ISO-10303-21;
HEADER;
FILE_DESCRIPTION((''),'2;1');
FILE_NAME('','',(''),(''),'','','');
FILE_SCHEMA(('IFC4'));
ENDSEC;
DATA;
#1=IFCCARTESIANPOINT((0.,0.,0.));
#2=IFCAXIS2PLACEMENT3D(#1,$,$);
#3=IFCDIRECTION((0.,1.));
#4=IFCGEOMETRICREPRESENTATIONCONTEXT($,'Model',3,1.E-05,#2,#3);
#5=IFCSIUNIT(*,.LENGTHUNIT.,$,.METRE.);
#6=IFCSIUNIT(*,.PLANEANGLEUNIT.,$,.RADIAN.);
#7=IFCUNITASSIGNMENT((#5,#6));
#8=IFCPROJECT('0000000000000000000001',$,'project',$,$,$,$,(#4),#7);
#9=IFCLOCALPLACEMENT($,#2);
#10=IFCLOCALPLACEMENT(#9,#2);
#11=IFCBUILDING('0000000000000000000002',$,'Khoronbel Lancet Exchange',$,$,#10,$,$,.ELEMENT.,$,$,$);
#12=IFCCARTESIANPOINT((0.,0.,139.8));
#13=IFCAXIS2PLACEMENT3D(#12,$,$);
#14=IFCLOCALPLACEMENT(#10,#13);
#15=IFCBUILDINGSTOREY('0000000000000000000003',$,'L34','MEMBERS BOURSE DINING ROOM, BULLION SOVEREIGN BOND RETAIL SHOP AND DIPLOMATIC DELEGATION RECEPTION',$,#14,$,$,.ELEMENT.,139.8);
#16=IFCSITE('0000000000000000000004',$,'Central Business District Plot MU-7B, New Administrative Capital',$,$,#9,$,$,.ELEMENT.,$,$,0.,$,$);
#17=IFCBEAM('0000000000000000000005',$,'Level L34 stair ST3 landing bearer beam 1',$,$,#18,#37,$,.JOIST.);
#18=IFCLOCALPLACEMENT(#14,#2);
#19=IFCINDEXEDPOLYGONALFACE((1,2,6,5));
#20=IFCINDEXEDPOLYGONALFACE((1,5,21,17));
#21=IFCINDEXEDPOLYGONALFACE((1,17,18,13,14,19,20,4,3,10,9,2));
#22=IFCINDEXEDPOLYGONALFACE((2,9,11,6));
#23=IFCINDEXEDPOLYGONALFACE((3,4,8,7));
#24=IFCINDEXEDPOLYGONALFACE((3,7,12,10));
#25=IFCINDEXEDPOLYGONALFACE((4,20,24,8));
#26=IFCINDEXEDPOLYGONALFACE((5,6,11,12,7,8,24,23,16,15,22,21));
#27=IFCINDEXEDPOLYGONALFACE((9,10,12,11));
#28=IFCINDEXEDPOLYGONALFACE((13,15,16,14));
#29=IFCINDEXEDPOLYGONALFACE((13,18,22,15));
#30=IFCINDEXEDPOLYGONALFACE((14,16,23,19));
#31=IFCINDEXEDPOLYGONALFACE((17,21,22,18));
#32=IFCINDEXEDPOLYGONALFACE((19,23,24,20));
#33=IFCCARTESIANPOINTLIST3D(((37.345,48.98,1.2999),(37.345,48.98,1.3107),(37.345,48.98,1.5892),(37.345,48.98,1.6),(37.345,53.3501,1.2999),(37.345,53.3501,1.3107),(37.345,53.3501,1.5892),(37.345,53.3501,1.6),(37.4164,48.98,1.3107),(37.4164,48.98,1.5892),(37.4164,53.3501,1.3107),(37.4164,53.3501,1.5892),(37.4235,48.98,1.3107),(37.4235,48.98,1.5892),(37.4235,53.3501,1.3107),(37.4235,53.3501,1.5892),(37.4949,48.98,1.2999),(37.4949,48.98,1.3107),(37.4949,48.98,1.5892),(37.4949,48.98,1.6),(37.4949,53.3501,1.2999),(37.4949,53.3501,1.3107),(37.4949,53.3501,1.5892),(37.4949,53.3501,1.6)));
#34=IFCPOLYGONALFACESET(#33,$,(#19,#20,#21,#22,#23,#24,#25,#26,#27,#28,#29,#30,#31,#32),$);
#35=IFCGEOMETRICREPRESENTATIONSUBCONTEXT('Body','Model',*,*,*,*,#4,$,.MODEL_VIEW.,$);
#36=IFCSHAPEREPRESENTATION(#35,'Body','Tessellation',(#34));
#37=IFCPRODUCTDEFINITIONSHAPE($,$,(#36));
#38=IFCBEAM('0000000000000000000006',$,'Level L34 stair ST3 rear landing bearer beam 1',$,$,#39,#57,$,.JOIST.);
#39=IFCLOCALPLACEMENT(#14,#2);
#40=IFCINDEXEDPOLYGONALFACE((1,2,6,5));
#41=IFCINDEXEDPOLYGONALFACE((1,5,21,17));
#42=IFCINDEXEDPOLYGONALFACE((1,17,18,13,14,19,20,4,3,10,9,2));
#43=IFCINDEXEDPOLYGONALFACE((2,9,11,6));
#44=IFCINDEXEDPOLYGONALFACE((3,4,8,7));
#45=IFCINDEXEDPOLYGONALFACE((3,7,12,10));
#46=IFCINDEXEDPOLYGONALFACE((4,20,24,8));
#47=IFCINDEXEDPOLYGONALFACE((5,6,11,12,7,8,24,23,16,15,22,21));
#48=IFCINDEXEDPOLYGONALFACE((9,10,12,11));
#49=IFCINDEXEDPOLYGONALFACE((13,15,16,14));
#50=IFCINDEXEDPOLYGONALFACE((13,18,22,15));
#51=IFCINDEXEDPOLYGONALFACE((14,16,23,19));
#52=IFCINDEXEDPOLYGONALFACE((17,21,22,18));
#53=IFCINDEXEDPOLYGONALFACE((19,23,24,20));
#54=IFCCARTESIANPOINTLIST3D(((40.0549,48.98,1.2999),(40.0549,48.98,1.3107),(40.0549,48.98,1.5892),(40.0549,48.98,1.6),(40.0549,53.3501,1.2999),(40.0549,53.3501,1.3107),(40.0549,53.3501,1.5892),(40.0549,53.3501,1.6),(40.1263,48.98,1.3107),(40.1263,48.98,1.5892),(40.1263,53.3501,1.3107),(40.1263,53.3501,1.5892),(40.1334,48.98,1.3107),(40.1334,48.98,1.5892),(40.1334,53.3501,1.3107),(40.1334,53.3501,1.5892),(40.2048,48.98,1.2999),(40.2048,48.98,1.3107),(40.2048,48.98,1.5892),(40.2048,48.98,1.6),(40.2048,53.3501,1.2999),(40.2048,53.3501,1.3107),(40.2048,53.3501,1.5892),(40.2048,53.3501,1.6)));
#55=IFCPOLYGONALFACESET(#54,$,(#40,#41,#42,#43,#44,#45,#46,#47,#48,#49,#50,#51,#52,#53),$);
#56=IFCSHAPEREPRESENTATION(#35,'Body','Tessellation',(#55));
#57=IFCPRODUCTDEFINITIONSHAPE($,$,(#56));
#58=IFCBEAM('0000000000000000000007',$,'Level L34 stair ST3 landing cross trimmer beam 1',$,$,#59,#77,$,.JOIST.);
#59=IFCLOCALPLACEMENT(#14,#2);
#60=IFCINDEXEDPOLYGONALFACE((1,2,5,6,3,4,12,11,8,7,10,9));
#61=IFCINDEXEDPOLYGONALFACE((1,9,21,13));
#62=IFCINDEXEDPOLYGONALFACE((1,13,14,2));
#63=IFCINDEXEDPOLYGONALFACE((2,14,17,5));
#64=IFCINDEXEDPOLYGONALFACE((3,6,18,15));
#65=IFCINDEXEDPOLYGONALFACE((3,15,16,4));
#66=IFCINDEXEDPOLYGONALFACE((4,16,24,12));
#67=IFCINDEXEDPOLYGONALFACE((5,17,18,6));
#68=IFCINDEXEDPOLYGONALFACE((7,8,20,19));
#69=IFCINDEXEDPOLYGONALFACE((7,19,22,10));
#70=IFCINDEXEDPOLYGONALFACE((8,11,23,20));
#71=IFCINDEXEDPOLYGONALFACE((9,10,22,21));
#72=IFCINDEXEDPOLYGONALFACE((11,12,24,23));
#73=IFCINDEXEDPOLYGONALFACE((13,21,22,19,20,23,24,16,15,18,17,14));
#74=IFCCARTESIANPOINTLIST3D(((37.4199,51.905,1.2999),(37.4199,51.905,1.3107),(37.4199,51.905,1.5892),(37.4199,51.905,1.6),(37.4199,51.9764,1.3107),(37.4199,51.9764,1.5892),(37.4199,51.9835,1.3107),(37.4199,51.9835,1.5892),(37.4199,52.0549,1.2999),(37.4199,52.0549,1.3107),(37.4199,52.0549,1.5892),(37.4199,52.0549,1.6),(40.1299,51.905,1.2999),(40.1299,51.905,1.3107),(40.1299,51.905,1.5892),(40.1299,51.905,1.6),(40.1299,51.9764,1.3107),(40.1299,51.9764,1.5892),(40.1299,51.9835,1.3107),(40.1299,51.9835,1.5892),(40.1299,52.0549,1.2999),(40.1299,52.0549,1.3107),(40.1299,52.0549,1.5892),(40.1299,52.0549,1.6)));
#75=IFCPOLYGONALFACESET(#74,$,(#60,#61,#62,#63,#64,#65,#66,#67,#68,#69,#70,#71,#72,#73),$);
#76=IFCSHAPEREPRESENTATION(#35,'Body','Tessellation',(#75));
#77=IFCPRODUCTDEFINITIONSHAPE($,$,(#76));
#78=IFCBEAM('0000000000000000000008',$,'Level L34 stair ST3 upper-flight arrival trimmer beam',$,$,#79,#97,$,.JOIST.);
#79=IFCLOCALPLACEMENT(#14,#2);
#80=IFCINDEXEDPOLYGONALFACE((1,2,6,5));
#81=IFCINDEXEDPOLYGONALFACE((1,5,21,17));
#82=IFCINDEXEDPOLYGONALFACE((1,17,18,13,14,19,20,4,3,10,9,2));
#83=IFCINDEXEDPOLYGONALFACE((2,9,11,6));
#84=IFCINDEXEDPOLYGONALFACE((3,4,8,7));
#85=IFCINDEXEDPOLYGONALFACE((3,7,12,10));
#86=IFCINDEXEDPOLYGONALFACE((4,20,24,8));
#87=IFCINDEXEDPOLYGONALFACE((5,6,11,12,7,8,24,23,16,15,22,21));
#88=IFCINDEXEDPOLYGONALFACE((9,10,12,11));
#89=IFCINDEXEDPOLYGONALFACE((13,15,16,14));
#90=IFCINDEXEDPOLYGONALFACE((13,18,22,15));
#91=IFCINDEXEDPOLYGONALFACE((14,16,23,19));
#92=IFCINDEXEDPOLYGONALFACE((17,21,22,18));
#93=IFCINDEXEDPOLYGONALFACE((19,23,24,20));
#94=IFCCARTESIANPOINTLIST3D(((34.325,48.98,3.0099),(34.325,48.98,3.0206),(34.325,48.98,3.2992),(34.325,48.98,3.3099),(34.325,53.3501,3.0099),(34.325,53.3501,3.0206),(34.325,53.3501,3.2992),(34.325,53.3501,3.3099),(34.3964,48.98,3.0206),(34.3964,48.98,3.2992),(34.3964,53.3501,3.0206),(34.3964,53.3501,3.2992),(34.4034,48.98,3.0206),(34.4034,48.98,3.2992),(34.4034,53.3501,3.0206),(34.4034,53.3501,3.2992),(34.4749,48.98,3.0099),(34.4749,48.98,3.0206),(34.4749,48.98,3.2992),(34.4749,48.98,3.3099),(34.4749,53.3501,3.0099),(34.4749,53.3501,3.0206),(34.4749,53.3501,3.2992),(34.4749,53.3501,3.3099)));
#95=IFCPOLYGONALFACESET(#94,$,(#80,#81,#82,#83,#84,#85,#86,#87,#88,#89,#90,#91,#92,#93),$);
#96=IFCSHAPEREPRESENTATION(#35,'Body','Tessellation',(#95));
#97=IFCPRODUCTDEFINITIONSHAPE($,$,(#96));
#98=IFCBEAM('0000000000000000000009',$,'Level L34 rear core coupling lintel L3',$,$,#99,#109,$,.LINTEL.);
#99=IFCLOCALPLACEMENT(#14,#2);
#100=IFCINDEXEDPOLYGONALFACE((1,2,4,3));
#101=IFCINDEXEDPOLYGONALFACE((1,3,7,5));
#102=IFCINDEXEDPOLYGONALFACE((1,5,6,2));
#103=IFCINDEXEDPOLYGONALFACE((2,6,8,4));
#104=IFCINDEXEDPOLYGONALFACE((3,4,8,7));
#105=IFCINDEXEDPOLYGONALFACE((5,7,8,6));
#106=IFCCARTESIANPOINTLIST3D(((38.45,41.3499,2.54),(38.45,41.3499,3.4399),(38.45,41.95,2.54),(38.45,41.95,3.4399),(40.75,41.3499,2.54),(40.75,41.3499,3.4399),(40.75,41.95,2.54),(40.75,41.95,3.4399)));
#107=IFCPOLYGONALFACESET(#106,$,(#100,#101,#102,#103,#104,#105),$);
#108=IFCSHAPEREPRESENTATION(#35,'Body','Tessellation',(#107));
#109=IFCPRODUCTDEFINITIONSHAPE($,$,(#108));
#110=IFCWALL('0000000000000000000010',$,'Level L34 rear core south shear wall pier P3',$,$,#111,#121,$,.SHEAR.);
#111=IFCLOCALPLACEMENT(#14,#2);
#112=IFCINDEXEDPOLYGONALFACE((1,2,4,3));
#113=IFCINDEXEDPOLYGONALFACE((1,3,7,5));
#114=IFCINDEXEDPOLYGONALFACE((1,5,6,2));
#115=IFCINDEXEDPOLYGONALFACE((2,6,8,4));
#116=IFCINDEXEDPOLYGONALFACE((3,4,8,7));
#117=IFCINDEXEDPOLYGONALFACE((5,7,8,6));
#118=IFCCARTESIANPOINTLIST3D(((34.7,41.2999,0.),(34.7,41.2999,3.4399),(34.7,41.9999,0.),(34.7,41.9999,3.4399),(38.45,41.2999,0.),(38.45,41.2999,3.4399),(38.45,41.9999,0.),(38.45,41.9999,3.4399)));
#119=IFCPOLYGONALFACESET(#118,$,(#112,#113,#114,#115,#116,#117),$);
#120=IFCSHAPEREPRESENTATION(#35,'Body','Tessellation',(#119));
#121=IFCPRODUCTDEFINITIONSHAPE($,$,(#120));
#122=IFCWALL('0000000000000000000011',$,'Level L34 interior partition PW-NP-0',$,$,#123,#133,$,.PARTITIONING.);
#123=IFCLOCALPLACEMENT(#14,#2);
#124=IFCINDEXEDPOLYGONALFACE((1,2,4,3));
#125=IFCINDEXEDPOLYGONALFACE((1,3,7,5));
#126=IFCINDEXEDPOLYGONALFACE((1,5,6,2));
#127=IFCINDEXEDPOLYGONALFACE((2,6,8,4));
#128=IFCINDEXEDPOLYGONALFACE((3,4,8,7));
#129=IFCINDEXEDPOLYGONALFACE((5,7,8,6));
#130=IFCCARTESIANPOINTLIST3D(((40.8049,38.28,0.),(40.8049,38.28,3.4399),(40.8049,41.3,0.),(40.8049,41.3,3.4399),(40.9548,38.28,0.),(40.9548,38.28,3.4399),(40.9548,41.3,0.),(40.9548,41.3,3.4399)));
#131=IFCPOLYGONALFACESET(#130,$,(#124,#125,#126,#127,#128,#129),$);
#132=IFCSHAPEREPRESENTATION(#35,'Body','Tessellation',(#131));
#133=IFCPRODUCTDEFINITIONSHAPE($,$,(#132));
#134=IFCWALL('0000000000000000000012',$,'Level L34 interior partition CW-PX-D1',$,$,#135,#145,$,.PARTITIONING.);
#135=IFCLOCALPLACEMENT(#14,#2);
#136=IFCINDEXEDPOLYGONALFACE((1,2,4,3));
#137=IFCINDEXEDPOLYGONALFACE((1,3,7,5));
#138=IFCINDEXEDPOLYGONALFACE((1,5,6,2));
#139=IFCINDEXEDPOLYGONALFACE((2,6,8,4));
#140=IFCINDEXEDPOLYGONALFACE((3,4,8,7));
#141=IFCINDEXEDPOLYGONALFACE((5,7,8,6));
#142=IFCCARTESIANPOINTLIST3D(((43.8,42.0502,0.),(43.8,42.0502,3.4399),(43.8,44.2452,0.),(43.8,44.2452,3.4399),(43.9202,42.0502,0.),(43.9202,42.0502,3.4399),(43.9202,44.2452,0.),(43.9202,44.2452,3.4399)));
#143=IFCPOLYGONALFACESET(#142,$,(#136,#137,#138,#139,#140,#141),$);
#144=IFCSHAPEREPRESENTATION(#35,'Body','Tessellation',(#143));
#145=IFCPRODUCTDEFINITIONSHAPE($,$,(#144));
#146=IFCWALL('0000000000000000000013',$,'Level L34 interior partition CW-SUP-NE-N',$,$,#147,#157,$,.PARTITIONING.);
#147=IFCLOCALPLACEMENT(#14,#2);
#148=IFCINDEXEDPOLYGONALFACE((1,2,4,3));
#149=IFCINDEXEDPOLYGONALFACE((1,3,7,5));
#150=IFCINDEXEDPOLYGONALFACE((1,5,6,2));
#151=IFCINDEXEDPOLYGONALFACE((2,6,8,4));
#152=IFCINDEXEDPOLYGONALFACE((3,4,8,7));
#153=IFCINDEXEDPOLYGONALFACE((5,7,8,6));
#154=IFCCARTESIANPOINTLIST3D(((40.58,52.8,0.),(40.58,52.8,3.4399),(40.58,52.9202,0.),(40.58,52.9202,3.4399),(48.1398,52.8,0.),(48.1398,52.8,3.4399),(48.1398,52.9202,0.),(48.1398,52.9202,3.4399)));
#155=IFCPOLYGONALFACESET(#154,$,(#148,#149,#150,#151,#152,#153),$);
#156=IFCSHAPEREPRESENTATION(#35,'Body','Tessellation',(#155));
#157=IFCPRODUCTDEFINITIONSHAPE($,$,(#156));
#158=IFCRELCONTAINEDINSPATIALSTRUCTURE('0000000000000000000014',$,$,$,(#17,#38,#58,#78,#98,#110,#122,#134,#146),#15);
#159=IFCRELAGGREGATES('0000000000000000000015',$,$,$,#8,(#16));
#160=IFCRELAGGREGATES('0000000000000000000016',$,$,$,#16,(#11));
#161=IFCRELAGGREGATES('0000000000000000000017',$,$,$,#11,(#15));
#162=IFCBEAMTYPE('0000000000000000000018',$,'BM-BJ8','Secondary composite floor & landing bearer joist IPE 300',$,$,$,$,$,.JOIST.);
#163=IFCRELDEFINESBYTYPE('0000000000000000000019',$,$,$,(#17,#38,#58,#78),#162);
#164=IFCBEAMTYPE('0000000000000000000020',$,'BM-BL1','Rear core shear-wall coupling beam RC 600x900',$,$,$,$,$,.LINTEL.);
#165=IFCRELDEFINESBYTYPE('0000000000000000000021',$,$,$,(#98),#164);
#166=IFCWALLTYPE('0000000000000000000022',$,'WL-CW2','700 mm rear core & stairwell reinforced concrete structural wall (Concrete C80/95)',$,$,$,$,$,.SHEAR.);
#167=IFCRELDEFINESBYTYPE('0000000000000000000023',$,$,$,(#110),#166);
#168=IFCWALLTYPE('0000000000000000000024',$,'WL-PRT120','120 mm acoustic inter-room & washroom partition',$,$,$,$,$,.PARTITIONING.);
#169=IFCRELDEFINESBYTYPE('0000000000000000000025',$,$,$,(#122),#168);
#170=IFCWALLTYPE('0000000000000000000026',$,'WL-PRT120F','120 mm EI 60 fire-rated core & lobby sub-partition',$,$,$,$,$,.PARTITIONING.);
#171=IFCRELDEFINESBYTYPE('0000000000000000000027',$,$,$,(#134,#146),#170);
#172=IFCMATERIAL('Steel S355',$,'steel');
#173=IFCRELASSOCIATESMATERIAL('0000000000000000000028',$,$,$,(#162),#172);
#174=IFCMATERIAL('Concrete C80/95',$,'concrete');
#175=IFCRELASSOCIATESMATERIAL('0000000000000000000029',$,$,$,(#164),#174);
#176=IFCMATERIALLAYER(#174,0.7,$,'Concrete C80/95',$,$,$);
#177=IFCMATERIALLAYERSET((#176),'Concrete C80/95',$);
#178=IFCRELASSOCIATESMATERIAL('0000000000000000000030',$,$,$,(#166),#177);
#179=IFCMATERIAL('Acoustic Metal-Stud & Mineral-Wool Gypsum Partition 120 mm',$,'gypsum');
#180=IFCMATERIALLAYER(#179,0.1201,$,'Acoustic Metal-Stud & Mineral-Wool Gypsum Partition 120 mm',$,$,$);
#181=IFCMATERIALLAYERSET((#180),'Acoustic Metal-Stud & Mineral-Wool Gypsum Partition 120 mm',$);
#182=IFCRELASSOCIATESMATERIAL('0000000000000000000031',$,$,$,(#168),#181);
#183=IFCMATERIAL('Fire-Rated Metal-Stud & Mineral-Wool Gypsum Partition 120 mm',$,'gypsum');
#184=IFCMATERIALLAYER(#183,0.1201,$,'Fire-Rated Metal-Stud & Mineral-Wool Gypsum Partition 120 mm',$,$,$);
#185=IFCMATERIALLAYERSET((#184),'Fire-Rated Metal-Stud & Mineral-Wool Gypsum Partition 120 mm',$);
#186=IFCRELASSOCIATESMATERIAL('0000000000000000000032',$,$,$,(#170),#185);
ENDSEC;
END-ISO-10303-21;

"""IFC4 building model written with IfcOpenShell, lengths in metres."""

from ifc_helpers import new_model, si_unit, direction, frame, frame_2d, origin, origin_2d, place, context, subcontext, project, spatial, rectangle, i_section, extrude, material, layer, layer_set, material_profile, profile_set, type_object, element, save


model = new_model("IFC4")

# Units and contexts
model_context = context("Model", 3, precision=1e-05, world=origin(), true_north=direction((0.0, 1.0)))
body_context = subcontext(model_context, "Body", "Model", "MODEL_VIEW")
ifc_project = project(units=[si_unit("LENGTHUNIT", "METRE"), si_unit("PLANEANGLEUNIT", "RADIAN")], contexts=[model_context])

# Site, building, storey
site_placement = place(None, origin())
site = spatial("IfcSite", under=ifc_project, at=site_placement, Name="Central Business District Plot MU-7B, New Administrative Capital", CompositionType="ELEMENT", RefElevation=0.0)
building_placement = place(site_placement, origin())
building = spatial("IfcBuilding", under=site, at=building_placement, Name="Khoronbel Lancet Exchange", CompositionType="ELEMENT")
storey_placement = place(building_placement, frame((0.0, 0.0, 139.8)))
storey = spatial("IfcBuildingStorey", under=building, at=storey_placement, Name="L34", Description="MEMBERS BOURSE DINING ROOM, BULLION SOVEREIGN BOND RETAIL SHOP AND DIPLOMATIC DELEGATION RECEPTION", CompositionType="ELEMENT", Elevation=139.8)

# Beams
ifc_material_1 = material(Name="Steel S355", Category="steel")
ifc_material_profile_1 = material_profile(ifc_material_1, i_section(OverallWidth=0.1499, OverallDepth=0.3, WebThickness=0.0071, FlangeThickness=0.0107, at=origin_2d()), Name="IPE 300")
ifc_profile_set_1 = profile_set([ifc_material_profile_1], Name="Steel S355")
beam_type_1 = type_object("IfcBeamType", Name="BM-BJ8", Description="Secondary composite floor & landing bearer joist IPE 300", PredefinedType="JOIST", material=ifc_profile_set_1)
for number, where, z_axis, x_axis, name in (
    (1, (37.4199, 48.98, 1.45), (0.0, 1.0, 0.0), (-1.0, 0.0, 0.0), "Level L34 stair ST3 landing bearer beam 1"),
    (2, (40.1299, 48.98, 1.45), (0.0, 1.0, 0.0), (-1.0, 0.0, 0.0), "Level L34 stair ST3 rear landing bearer beam 1"),
):
    element("IfcBeam", number, at=place(storey_placement, frame(where, z_axis=z_axis, x_axis=x_axis)), inside=storey, type_object=beam_type_1, Name=name, PredefinedType="JOIST", context=body_context, shape_type="SweptSolid", body=[
        extrude(i_section(OverallWidth=0.1499, OverallDepth=0.3, WebThickness=0.0071, FlangeThickness=0.0107, at=origin_2d()), origin(), (0.0, 0.0, 1.0), 4.3701),
    ])
beam_1_placement = place(storey_placement, frame((37.4199, 51.98, 1.45), z_axis=(1.0, 0.0, 0.0), x_axis=(0.0, 1.0, 0.0)))
element("IfcBeam", 3, at=beam_1_placement, inside=storey, type_object=beam_type_1, Name="Level L34 stair ST3 landing cross trimmer beam 1", PredefinedType="JOIST", context=body_context, shape_type="SweptSolid", body=[
    extrude(i_section(OverallWidth=0.1499, OverallDepth=0.3, WebThickness=0.0071, FlangeThickness=0.0107, at=origin_2d()), origin(), (0.0, 0.0, 1.0), 2.71),
])
beam_2_placement = place(storey_placement, frame((34.3999, 48.98, 3.1599), z_axis=(0.0, 1.0, 0.0), x_axis=(-1.0, 0.0, 0.0)))
element("IfcBeam", 4, at=beam_2_placement, inside=storey, type_object=beam_type_1, Name="Level L34 stair ST3 upper-flight arrival trimmer beam", PredefinedType="JOIST", context=body_context, shape_type="SweptSolid", body=[
    extrude(i_section(OverallWidth=0.1499, OverallDepth=0.3, WebThickness=0.0071, FlangeThickness=0.0107, at=origin_2d()), origin(), (0.0, 0.0, 1.0), 4.3701),
])
ifc_material_2 = material(Name="Concrete C80/95", Category="concrete")
ifc_material_profile_2 = material_profile(ifc_material_2, rectangle(XDim=0.6001, YDim=0.8999, at=origin_2d()), Name="RC 600x900")
ifc_profile_set_2 = profile_set([ifc_material_profile_2], Name="Concrete C80/95")
beam_type_2 = type_object("IfcBeamType", Name="BM-BL1", Description="Rear core shear-wall coupling beam RC 600x900", PredefinedType="LINTEL", material=ifc_profile_set_2)
beam_3_placement = place(storey_placement, frame((38.45, 41.6499, 2.99), z_axis=(1.0, 0.0, 0.0), x_axis=(0.0, 1.0, 0.0)))
element("IfcBeam", 5, at=beam_3_placement, inside=storey, type_object=beam_type_2, Name="Level L34 rear core coupling lintel L3", PredefinedType="LINTEL", context=body_context, shape_type="SweptSolid", body=[
    extrude(rectangle(XDim=0.6001, YDim=0.8999, at=origin_2d()), origin(), (0.0, 0.0, 1.0), 2.3),
])

# Walls
ifc_layer_1 = layer(ifc_material_2, 0.7, Name="Concrete C80/95")
ifc_layer_set_1 = layer_set([ifc_layer_1], Name="Concrete C80/95")
wall_type_1 = type_object("IfcWallType", Name="WL-CW2", Description="700 mm rear core & stairwell reinforced concrete structural wall (Concrete C80/95)", PredefinedType="SHEAR", material=ifc_layer_set_1)
wall_1_placement = place(storey_placement, frame((38.45, 41.6499, 0.0), z_axis=(0.0, 0.0, 1.0), x_axis=(-1.0, 0.0, 0.0)))
element("IfcWall", 6, at=wall_1_placement, inside=storey, type_object=wall_type_1, Name="Level L34 rear core south shear wall pier P3", PredefinedType="SHEAR", context=body_context, shape_type="SweptSolid", body=[
    extrude(rectangle(XDim=3.75, YDim=0.7, at=frame_2d((1.875, 0.0))), origin(), (0.0, 0.0, 1.0), 3.4399),
])
ifc_material_3 = material(Name="Acoustic Metal-Stud & Mineral-Wool Gypsum Partition 120 mm", Category="gypsum")
ifc_layer_2 = layer(ifc_material_3, 0.1201, Name="Acoustic Metal-Stud & Mineral-Wool Gypsum Partition 120 mm")
ifc_layer_set_2 = layer_set([ifc_layer_2], Name="Acoustic Metal-Stud & Mineral-Wool Gypsum Partition 120 mm")
wall_type_2 = type_object("IfcWallType", Name="WL-PRT120", Description="120 mm acoustic inter-room & washroom partition", PredefinedType="PARTITIONING", material=ifc_layer_set_2)
wall_2_placement = place(storey_placement, frame((40.8799, 38.28, 0.0), z_axis=(0.0, 0.0, 1.0), x_axis=(0.0, 1.0, 0.0)))
element("IfcWall", 7, at=wall_2_placement, inside=storey, type_object=wall_type_2, Name="Level L34 interior partition PW-NP-0", PredefinedType="PARTITIONING", context=body_context, shape_type="SweptSolid", body=[
    extrude(rectangle(XDim=3.02, YDim=0.1499, at=frame_2d((1.51, 0.0))), origin(), (0.0, 0.0, 1.0), 3.4399),
])
ifc_material_4 = material(Name="Fire-Rated Metal-Stud & Mineral-Wool Gypsum Partition 120 mm", Category="gypsum")
ifc_layer_3 = layer(ifc_material_4, 0.1201, Name="Fire-Rated Metal-Stud & Mineral-Wool Gypsum Partition 120 mm")
ifc_layer_set_3 = layer_set([ifc_layer_3], Name="Fire-Rated Metal-Stud & Mineral-Wool Gypsum Partition 120 mm")
wall_type_3 = type_object("IfcWallType", Name="WL-PRT120F", Description="120 mm EI 60 fire-rated core & lobby sub-partition", PredefinedType="PARTITIONING", material=ifc_layer_set_3)
wall_3_placement = place(storey_placement, frame((43.8601, 42.05, 0.0), z_axis=(0.0, 0.0, 1.0), x_axis=(0.0, 1.0, 0.0)))
element("IfcWall", 8, at=wall_3_placement, inside=storey, type_object=wall_type_3, Name="Level L34 interior partition CW-PX-D1", PredefinedType="PARTITIONING", context=body_context, shape_type="SweptSolid", body=[
    extrude(rectangle(XDim=2.1951, YDim=0.1201, at=frame_2d((1.0977, 0.0))), origin(), (0.0, 0.0, 1.0), 3.4399),
])
wall_4_placement = place(storey_placement, frame((40.5801, 52.8601, 0.0), z_axis=(0.0, 0.0, 1.0), x_axis=(1.0, 0.0, 0.0)))
element("IfcWall", 9, at=wall_4_placement, inside=storey, type_object=wall_type_3, Name="Level L34 interior partition CW-SUP-NE-N", PredefinedType="PARTITIONING", context=body_context, shape_type="SweptSolid", body=[
    extrude(rectangle(XDim=7.5598, YDim=0.1201, at=frame_2d((3.7798, 0.0))), origin(), (0.0, 0.0, 1.0), 3.4399),
])

save(model, "model.ifc")
